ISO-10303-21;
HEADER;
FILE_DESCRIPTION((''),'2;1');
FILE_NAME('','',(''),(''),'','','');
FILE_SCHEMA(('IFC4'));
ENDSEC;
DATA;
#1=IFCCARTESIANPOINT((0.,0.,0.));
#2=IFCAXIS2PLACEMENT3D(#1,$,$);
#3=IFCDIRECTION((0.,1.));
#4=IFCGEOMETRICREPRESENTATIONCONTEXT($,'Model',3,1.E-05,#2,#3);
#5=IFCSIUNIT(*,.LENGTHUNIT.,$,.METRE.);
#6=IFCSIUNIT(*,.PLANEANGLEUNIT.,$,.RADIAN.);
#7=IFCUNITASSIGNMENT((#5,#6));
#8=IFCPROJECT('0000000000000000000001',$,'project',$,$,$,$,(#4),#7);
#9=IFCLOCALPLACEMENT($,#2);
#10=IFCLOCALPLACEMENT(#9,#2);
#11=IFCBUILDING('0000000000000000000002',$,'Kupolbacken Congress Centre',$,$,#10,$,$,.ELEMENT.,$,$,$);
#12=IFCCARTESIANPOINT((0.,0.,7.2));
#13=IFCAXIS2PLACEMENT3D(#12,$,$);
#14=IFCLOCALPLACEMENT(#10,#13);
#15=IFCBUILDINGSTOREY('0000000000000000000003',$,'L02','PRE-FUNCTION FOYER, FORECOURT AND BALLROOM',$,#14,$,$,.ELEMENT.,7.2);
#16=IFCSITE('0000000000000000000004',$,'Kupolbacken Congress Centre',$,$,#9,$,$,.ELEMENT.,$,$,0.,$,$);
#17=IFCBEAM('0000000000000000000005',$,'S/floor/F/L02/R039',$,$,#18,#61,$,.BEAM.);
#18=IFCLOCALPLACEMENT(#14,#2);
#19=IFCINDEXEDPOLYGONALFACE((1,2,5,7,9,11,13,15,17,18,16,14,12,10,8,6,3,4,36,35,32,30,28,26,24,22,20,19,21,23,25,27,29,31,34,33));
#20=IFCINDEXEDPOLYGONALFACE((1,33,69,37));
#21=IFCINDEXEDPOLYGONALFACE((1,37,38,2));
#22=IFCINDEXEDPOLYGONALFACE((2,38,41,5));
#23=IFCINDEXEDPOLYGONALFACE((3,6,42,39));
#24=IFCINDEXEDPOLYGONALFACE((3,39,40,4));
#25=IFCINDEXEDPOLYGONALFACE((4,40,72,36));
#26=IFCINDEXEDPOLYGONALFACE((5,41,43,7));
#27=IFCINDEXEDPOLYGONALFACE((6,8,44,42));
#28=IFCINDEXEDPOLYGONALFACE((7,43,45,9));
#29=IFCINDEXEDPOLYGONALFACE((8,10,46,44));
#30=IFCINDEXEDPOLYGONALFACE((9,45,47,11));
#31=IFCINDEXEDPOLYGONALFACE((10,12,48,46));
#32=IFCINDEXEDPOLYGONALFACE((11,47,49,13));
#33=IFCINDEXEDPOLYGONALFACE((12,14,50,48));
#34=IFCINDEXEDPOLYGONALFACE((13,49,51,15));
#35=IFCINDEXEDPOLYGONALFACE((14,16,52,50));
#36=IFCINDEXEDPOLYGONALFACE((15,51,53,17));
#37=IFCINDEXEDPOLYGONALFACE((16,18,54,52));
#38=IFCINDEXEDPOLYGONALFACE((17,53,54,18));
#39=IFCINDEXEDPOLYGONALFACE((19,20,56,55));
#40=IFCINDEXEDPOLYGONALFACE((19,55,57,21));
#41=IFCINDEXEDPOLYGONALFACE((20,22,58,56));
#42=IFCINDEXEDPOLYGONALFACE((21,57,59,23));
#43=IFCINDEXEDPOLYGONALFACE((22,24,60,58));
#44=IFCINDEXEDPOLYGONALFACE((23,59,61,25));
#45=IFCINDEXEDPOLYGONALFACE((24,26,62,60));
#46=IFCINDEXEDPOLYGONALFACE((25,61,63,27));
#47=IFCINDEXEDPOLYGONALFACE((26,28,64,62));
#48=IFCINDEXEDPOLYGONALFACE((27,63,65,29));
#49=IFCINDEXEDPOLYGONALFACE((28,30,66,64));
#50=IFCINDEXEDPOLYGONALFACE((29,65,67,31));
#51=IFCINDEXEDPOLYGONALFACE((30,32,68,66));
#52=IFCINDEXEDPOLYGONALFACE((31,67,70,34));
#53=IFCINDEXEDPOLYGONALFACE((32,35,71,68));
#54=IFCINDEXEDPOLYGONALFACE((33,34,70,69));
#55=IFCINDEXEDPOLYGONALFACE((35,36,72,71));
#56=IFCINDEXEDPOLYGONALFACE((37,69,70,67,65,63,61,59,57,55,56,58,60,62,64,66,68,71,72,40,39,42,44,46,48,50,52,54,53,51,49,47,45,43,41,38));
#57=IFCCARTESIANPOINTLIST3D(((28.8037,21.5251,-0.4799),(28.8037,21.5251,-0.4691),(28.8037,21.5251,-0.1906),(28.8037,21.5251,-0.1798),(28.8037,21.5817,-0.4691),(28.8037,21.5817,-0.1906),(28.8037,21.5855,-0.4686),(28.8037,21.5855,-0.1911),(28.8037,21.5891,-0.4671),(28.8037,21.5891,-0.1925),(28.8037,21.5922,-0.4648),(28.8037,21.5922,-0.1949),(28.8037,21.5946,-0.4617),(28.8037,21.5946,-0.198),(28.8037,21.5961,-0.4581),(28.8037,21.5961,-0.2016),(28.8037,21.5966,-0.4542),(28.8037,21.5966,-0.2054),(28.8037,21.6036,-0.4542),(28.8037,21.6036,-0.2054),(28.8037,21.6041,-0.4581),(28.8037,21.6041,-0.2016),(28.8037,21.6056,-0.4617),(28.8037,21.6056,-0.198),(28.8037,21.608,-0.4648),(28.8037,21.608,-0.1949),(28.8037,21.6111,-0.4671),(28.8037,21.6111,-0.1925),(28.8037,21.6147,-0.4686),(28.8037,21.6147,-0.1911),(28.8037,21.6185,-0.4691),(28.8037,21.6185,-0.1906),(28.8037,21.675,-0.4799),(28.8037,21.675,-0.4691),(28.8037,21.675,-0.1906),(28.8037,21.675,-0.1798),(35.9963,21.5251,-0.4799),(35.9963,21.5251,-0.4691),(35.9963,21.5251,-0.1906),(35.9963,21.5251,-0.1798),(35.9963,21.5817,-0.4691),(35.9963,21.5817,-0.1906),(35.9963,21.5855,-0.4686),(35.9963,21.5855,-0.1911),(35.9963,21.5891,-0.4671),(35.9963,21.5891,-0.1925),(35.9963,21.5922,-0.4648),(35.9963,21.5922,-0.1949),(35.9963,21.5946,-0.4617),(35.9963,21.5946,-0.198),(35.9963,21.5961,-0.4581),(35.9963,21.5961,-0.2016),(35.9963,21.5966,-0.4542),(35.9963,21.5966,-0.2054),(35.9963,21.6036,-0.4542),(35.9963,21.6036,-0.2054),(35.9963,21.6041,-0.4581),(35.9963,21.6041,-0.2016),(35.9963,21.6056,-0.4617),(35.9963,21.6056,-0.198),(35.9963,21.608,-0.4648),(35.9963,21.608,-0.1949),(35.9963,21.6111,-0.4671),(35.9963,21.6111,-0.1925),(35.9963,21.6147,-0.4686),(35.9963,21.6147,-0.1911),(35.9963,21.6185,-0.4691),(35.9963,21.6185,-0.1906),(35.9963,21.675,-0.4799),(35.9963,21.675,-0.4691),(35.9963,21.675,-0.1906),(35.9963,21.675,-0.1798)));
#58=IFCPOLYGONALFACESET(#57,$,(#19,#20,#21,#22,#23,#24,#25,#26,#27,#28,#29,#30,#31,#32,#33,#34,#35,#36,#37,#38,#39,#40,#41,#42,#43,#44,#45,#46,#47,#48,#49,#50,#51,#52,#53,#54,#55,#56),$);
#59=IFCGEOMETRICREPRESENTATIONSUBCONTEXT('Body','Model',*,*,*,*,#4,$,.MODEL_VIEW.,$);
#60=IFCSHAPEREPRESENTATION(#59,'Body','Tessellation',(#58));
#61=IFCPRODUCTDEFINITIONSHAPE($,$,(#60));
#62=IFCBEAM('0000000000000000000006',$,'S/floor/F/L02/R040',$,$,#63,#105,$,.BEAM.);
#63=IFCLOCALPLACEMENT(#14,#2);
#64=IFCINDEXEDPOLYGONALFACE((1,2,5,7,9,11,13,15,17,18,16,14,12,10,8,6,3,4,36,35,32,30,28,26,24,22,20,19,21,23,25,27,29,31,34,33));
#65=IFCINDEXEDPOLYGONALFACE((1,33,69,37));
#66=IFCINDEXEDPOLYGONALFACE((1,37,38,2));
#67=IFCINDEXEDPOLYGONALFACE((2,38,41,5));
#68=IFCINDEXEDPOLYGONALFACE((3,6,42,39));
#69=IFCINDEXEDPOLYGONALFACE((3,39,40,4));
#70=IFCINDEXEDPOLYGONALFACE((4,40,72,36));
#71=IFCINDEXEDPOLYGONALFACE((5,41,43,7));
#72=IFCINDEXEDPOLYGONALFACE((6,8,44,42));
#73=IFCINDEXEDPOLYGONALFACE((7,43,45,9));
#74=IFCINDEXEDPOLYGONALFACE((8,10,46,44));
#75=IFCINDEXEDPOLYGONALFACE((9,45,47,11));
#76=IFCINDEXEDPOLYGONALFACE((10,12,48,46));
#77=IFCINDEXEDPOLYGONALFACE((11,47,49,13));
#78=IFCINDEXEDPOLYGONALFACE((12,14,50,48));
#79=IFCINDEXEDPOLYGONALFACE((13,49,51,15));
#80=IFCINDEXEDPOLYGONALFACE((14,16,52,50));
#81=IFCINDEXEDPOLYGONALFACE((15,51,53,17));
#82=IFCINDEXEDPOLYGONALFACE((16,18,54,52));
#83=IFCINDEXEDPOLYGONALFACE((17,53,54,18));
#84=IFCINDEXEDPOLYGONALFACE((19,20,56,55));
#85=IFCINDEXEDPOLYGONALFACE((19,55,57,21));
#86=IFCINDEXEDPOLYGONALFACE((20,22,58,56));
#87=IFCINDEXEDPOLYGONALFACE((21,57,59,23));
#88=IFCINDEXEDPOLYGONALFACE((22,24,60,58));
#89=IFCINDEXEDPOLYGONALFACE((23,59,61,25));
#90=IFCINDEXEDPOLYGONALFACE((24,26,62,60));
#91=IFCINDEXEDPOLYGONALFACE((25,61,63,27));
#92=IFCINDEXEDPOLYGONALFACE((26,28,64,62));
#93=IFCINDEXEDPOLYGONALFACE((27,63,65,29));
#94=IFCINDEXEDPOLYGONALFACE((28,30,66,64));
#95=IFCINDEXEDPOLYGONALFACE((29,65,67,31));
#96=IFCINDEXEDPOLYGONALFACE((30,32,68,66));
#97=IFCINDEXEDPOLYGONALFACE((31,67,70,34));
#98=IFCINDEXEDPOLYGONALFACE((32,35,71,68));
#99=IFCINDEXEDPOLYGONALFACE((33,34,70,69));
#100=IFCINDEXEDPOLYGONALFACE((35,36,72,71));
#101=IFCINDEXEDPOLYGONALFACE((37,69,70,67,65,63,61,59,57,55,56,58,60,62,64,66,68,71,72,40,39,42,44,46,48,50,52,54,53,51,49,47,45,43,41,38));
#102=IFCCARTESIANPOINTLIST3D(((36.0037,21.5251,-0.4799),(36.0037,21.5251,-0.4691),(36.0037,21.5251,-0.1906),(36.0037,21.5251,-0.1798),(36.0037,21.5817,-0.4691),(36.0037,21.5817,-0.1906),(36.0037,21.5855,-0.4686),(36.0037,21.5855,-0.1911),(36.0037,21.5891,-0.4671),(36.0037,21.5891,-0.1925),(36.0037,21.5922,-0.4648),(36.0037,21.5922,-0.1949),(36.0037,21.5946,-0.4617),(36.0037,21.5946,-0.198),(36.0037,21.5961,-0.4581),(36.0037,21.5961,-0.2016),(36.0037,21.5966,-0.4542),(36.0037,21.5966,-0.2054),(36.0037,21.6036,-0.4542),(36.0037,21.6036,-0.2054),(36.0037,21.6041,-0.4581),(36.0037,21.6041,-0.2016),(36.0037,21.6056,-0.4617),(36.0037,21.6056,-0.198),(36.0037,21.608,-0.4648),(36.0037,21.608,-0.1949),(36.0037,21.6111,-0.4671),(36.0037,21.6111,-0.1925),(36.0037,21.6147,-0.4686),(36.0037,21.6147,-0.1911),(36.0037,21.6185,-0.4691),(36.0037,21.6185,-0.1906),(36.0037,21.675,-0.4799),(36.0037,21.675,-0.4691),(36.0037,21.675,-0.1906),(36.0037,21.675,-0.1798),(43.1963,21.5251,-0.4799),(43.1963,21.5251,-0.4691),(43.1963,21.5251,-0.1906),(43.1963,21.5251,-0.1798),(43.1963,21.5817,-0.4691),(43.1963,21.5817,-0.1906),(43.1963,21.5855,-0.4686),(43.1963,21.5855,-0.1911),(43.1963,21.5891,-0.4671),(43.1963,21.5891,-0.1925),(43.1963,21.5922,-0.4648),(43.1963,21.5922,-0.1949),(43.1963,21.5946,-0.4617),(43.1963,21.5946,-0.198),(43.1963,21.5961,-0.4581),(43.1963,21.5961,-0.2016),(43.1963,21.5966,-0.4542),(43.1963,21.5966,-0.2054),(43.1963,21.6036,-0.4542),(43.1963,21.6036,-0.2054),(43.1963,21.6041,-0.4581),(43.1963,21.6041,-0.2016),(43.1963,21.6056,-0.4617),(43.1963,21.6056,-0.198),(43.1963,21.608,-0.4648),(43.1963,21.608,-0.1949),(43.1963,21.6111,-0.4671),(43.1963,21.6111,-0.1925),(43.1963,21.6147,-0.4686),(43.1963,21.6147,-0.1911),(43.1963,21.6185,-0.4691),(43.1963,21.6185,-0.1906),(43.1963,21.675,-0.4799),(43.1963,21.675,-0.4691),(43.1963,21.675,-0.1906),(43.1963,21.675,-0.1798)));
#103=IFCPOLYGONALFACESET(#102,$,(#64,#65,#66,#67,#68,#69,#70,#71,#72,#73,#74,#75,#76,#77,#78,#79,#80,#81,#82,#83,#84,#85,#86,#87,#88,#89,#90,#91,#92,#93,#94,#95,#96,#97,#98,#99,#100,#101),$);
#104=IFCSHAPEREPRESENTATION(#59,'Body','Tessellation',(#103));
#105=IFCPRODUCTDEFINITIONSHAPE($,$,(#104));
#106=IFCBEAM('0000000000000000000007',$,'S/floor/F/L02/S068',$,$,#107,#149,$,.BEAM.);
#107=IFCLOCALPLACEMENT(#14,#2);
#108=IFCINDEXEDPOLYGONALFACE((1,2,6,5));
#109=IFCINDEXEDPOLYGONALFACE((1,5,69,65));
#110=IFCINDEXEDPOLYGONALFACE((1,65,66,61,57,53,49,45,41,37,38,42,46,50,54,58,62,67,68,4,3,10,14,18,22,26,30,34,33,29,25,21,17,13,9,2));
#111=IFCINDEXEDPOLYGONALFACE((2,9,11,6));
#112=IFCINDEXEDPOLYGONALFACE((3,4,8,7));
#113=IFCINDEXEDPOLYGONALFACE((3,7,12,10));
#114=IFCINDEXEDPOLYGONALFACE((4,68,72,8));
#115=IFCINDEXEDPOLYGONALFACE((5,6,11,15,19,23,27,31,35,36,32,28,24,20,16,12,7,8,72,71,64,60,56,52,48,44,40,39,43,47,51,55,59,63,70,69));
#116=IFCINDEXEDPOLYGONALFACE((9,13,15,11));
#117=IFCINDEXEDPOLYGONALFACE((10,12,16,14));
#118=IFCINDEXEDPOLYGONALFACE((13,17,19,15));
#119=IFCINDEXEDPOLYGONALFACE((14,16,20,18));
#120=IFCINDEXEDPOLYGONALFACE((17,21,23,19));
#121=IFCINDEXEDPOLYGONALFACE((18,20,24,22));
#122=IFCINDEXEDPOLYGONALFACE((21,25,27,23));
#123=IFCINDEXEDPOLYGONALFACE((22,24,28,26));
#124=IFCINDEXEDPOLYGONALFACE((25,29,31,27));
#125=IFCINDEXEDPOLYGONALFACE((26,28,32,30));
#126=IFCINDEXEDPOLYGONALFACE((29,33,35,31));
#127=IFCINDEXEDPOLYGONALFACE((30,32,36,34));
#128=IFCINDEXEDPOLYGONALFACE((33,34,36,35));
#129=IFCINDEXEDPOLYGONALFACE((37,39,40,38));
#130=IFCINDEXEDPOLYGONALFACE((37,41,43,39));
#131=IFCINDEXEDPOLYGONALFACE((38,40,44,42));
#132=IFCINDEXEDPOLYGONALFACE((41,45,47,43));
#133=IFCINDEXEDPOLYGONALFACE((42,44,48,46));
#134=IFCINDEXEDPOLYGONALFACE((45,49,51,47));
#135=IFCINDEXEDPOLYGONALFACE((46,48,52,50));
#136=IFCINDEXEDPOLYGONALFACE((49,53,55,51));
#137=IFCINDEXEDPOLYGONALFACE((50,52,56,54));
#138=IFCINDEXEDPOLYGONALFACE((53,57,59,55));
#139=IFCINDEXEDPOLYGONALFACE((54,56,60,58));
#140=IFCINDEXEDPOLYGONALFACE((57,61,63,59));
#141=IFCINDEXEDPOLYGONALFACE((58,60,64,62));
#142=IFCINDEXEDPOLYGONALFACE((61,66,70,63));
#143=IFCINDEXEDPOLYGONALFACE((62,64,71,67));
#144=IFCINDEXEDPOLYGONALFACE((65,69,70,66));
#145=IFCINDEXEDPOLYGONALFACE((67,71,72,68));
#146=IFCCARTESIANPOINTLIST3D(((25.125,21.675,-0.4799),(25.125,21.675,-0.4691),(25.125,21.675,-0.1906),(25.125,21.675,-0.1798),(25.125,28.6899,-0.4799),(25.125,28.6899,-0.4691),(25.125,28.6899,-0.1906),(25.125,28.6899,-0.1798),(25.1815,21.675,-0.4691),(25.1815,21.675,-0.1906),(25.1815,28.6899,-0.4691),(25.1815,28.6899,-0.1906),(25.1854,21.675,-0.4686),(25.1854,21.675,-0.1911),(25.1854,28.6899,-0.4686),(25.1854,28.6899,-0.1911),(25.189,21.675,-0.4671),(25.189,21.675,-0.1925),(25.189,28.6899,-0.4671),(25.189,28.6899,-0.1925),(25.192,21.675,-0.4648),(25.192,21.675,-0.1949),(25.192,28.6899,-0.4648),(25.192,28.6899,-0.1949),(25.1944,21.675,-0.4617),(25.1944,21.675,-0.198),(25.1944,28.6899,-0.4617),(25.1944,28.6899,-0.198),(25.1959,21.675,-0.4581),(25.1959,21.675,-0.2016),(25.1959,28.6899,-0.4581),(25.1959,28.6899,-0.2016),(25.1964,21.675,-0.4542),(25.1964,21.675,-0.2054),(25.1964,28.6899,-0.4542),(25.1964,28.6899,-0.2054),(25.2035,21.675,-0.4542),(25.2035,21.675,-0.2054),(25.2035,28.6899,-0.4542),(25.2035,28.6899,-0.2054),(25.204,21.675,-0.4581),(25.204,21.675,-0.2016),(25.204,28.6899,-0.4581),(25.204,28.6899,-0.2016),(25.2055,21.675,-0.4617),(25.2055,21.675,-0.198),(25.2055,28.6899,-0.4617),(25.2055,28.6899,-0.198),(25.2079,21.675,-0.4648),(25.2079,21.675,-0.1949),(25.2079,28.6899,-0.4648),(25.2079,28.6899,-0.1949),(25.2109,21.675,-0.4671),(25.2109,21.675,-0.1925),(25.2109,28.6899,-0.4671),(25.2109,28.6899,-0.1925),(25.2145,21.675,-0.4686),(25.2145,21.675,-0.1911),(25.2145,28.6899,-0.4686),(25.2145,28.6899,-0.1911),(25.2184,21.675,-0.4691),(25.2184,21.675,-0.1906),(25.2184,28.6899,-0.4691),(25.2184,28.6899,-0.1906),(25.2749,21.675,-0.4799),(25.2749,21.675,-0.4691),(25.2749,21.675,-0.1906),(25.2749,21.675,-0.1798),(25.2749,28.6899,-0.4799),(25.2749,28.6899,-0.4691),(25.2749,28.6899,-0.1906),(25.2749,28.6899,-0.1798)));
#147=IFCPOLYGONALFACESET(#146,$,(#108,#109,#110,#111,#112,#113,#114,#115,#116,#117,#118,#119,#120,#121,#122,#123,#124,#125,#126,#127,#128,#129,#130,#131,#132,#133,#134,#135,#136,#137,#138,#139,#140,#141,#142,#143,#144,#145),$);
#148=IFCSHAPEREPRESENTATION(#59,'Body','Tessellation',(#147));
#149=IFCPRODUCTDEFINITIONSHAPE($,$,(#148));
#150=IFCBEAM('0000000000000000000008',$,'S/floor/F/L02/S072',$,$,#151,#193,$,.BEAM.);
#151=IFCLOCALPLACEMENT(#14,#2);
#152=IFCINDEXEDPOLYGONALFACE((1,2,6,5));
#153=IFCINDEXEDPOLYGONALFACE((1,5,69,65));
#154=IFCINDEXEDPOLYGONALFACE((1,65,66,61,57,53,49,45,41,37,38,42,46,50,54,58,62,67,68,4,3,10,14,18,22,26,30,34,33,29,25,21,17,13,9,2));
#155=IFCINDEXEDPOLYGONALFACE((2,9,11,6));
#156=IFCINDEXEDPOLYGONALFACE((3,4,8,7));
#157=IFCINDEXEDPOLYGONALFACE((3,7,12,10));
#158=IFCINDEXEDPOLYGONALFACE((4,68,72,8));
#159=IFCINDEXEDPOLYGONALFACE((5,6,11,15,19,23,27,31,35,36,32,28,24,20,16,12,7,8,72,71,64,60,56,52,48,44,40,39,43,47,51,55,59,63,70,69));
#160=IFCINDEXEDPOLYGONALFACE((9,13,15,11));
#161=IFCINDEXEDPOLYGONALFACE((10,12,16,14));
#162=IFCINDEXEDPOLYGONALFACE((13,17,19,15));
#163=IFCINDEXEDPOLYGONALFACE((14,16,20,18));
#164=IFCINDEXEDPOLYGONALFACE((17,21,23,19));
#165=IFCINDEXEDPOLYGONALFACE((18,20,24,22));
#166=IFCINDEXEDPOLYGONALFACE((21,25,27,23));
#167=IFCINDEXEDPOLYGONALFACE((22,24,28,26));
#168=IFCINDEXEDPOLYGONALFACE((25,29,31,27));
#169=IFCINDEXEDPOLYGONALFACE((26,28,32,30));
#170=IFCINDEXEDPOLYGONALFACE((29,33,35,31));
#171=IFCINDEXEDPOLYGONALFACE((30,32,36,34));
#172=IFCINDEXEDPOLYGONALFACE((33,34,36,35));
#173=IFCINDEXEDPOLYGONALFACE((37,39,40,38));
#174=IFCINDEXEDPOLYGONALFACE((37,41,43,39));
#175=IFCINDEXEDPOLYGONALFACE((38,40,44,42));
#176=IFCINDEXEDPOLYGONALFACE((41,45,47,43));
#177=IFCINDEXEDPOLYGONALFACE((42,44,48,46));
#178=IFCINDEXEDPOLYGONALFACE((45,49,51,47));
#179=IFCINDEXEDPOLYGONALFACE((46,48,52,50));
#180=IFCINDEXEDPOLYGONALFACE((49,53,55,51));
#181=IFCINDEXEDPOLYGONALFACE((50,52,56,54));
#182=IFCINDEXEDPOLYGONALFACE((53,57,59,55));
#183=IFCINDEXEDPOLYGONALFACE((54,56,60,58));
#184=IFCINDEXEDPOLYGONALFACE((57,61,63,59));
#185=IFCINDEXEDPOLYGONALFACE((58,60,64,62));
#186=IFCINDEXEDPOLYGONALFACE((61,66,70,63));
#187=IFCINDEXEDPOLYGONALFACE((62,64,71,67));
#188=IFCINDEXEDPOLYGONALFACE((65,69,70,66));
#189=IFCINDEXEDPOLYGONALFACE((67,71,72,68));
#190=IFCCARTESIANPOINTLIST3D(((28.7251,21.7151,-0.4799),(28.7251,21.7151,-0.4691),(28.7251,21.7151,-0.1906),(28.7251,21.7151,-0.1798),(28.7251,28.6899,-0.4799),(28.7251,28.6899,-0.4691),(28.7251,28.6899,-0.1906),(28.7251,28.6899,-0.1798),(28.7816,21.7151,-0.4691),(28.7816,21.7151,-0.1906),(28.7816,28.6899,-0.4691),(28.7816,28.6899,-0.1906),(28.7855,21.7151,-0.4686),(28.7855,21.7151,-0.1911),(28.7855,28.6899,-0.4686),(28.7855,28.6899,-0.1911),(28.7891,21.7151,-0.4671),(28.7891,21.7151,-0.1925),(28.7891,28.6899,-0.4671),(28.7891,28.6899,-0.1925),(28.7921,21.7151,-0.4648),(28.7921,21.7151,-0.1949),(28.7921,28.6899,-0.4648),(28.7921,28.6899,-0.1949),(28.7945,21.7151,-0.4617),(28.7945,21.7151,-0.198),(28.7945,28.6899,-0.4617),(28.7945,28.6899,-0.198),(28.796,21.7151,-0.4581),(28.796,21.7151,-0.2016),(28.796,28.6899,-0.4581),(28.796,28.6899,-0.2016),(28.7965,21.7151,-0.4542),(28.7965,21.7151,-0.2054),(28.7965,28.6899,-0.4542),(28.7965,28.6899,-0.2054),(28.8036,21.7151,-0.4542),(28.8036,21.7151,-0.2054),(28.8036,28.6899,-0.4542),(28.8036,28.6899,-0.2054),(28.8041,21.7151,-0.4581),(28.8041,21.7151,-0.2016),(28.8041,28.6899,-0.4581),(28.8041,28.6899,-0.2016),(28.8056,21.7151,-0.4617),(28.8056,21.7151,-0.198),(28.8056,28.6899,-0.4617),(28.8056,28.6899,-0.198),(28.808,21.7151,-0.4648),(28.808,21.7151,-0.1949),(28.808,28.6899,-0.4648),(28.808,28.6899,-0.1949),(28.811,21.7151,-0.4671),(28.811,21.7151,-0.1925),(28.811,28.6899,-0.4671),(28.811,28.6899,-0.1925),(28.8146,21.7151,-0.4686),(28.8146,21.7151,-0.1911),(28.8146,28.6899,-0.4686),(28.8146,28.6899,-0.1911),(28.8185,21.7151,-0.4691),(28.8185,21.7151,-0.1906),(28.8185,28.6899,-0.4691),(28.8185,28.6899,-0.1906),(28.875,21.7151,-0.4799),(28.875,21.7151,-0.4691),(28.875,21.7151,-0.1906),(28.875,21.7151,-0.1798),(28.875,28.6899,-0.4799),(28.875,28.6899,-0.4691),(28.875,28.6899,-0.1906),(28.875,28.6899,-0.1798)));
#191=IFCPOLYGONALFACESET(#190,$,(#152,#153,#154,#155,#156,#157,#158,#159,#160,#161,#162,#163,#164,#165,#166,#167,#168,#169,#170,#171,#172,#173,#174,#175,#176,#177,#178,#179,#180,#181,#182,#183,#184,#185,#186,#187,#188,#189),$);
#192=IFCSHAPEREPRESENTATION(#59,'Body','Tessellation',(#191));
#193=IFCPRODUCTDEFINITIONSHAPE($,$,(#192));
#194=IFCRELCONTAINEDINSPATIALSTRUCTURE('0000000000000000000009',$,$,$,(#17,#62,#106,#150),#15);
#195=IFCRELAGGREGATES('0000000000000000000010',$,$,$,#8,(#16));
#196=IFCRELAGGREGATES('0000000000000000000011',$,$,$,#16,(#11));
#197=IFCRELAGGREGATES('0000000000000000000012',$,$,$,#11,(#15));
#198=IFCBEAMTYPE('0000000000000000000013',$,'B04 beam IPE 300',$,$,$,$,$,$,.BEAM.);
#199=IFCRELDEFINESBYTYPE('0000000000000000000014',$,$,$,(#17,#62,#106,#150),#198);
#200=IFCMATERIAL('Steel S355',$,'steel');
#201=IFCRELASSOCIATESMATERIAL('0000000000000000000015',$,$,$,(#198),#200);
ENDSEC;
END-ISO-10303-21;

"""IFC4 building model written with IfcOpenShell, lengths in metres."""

from ifc_helpers import new_model, si_unit, direction, frame, origin, origin_2d, place, context, subcontext, project, spatial, i_section, extrude, material, material_profile, profile_set, type_object, element, save


model = new_model("IFC4")

# Units and contexts
model_context = context("Model", 3, precision=1e-05, world=origin(), true_north=direction((0.0, 1.0)))
body_context = subcontext(model_context, "Body", "Model", "MODEL_VIEW")
ifc_project = project(units=[si_unit("LENGTHUNIT", "METRE"), si_unit("PLANEANGLEUNIT", "RADIAN")], contexts=[model_context])

# Site, building, storey
site_placement = place(None, origin())
site = spatial("IfcSite", under=ifc_project, at=site_placement, Name="Kupolbacken Congress Centre", CompositionType="ELEMENT", RefElevation=0.0)
building_placement = place(site_placement, origin())
building = spatial("IfcBuilding", under=site, at=building_placement, Name="Kupolbacken Congress Centre", CompositionType="ELEMENT")
storey_placement = place(building_placement, frame((0.0, 0.0, 7.2)))
storey = spatial("IfcBuildingStorey", under=building, at=storey_placement, Name="L02", Description="PRE-FUNCTION FOYER, FORECOURT AND BALLROOM", CompositionType="ELEMENT", Elevation=7.2)

# Beams
ifc_material_1 = material(Name="Steel S355", Category="steel")
ifc_material_profile_1 = material_profile(ifc_material_1, i_section(OverallWidth=0.1499, OverallDepth=0.3, WebThickness=0.0071, FlangeThickness=0.0107, FilletRadius=0.0149, at=origin_2d()), Name="IPE 300")
ifc_profile_set_1 = profile_set([ifc_material_profile_1], Name="Steel S355")
beam_type_1 = type_object("IfcBeamType", Name="B04 beam IPE 300", PredefinedType="BEAM", material=ifc_profile_set_1)
for number, where, z_axis, x_axis, name in (
    (1, (28.8037, 21.6001, -0.3298), (1.0, 0.0, 0.0), (0.0, 1.0, 0.0), "S/floor/F/L02/R039"),
    (2, (36.0037, 21.6001, -0.3298), (1.0, 0.0, 0.0), (0.0, 1.0, 0.0), "S/floor/F/L02/R040"),
):
    element("IfcBeam", number, at=place(storey_placement, frame(where, z_axis=z_axis, x_axis=x_axis)), inside=storey, type_object=beam_type_1, Name=name, PredefinedType="BEAM", context=body_context, shape_type="SweptSolid", body=[
        extrude(i_section(OverallWidth=0.1499, OverallDepth=0.3, WebThickness=0.0071, FlangeThickness=0.0107, FilletRadius=0.0149, at=origin_2d()), origin(), (0.0, 0.0, 1.0), 7.1926),
    ])
beam_1_placement = place(storey_placement, frame((25.2, 21.675, -0.3298), z_axis=(0.0, 1.0, 0.0), x_axis=(-1.0, 0.0, 0.0)))
element("IfcBeam", 3, at=beam_1_placement, inside=storey, type_object=beam_type_1, Name="S/floor/F/L02/S068", PredefinedType="BEAM", context=body_context, shape_type="SweptSolid", body=[
    extrude(i_section(OverallWidth=0.1499, OverallDepth=0.3, WebThickness=0.0071, FlangeThickness=0.0107, FilletRadius=0.0149, at=origin_2d()), origin(), (0.0, 0.0, 1.0), 7.0149),
])
beam_2_placement = place(storey_placement, frame((28.8, 21.7151, -0.3298), z_axis=(0.0, 1.0, 0.0), x_axis=(-1.0, 0.0, 0.0)))
element("IfcBeam", 4, at=beam_2_placement, inside=storey, type_object=beam_type_1, Name="S/floor/F/L02/S072", PredefinedType="BEAM", context=body_context, shape_type="SweptSolid", body=[
    extrude(i_section(OverallWidth=0.1499, OverallDepth=0.3, WebThickness=0.0071, FlangeThickness=0.0107, FilletRadius=0.0149, at=origin_2d()), origin(), (0.0, 0.0, 1.0), 6.9749),
])

save(model, "model.ifc")
